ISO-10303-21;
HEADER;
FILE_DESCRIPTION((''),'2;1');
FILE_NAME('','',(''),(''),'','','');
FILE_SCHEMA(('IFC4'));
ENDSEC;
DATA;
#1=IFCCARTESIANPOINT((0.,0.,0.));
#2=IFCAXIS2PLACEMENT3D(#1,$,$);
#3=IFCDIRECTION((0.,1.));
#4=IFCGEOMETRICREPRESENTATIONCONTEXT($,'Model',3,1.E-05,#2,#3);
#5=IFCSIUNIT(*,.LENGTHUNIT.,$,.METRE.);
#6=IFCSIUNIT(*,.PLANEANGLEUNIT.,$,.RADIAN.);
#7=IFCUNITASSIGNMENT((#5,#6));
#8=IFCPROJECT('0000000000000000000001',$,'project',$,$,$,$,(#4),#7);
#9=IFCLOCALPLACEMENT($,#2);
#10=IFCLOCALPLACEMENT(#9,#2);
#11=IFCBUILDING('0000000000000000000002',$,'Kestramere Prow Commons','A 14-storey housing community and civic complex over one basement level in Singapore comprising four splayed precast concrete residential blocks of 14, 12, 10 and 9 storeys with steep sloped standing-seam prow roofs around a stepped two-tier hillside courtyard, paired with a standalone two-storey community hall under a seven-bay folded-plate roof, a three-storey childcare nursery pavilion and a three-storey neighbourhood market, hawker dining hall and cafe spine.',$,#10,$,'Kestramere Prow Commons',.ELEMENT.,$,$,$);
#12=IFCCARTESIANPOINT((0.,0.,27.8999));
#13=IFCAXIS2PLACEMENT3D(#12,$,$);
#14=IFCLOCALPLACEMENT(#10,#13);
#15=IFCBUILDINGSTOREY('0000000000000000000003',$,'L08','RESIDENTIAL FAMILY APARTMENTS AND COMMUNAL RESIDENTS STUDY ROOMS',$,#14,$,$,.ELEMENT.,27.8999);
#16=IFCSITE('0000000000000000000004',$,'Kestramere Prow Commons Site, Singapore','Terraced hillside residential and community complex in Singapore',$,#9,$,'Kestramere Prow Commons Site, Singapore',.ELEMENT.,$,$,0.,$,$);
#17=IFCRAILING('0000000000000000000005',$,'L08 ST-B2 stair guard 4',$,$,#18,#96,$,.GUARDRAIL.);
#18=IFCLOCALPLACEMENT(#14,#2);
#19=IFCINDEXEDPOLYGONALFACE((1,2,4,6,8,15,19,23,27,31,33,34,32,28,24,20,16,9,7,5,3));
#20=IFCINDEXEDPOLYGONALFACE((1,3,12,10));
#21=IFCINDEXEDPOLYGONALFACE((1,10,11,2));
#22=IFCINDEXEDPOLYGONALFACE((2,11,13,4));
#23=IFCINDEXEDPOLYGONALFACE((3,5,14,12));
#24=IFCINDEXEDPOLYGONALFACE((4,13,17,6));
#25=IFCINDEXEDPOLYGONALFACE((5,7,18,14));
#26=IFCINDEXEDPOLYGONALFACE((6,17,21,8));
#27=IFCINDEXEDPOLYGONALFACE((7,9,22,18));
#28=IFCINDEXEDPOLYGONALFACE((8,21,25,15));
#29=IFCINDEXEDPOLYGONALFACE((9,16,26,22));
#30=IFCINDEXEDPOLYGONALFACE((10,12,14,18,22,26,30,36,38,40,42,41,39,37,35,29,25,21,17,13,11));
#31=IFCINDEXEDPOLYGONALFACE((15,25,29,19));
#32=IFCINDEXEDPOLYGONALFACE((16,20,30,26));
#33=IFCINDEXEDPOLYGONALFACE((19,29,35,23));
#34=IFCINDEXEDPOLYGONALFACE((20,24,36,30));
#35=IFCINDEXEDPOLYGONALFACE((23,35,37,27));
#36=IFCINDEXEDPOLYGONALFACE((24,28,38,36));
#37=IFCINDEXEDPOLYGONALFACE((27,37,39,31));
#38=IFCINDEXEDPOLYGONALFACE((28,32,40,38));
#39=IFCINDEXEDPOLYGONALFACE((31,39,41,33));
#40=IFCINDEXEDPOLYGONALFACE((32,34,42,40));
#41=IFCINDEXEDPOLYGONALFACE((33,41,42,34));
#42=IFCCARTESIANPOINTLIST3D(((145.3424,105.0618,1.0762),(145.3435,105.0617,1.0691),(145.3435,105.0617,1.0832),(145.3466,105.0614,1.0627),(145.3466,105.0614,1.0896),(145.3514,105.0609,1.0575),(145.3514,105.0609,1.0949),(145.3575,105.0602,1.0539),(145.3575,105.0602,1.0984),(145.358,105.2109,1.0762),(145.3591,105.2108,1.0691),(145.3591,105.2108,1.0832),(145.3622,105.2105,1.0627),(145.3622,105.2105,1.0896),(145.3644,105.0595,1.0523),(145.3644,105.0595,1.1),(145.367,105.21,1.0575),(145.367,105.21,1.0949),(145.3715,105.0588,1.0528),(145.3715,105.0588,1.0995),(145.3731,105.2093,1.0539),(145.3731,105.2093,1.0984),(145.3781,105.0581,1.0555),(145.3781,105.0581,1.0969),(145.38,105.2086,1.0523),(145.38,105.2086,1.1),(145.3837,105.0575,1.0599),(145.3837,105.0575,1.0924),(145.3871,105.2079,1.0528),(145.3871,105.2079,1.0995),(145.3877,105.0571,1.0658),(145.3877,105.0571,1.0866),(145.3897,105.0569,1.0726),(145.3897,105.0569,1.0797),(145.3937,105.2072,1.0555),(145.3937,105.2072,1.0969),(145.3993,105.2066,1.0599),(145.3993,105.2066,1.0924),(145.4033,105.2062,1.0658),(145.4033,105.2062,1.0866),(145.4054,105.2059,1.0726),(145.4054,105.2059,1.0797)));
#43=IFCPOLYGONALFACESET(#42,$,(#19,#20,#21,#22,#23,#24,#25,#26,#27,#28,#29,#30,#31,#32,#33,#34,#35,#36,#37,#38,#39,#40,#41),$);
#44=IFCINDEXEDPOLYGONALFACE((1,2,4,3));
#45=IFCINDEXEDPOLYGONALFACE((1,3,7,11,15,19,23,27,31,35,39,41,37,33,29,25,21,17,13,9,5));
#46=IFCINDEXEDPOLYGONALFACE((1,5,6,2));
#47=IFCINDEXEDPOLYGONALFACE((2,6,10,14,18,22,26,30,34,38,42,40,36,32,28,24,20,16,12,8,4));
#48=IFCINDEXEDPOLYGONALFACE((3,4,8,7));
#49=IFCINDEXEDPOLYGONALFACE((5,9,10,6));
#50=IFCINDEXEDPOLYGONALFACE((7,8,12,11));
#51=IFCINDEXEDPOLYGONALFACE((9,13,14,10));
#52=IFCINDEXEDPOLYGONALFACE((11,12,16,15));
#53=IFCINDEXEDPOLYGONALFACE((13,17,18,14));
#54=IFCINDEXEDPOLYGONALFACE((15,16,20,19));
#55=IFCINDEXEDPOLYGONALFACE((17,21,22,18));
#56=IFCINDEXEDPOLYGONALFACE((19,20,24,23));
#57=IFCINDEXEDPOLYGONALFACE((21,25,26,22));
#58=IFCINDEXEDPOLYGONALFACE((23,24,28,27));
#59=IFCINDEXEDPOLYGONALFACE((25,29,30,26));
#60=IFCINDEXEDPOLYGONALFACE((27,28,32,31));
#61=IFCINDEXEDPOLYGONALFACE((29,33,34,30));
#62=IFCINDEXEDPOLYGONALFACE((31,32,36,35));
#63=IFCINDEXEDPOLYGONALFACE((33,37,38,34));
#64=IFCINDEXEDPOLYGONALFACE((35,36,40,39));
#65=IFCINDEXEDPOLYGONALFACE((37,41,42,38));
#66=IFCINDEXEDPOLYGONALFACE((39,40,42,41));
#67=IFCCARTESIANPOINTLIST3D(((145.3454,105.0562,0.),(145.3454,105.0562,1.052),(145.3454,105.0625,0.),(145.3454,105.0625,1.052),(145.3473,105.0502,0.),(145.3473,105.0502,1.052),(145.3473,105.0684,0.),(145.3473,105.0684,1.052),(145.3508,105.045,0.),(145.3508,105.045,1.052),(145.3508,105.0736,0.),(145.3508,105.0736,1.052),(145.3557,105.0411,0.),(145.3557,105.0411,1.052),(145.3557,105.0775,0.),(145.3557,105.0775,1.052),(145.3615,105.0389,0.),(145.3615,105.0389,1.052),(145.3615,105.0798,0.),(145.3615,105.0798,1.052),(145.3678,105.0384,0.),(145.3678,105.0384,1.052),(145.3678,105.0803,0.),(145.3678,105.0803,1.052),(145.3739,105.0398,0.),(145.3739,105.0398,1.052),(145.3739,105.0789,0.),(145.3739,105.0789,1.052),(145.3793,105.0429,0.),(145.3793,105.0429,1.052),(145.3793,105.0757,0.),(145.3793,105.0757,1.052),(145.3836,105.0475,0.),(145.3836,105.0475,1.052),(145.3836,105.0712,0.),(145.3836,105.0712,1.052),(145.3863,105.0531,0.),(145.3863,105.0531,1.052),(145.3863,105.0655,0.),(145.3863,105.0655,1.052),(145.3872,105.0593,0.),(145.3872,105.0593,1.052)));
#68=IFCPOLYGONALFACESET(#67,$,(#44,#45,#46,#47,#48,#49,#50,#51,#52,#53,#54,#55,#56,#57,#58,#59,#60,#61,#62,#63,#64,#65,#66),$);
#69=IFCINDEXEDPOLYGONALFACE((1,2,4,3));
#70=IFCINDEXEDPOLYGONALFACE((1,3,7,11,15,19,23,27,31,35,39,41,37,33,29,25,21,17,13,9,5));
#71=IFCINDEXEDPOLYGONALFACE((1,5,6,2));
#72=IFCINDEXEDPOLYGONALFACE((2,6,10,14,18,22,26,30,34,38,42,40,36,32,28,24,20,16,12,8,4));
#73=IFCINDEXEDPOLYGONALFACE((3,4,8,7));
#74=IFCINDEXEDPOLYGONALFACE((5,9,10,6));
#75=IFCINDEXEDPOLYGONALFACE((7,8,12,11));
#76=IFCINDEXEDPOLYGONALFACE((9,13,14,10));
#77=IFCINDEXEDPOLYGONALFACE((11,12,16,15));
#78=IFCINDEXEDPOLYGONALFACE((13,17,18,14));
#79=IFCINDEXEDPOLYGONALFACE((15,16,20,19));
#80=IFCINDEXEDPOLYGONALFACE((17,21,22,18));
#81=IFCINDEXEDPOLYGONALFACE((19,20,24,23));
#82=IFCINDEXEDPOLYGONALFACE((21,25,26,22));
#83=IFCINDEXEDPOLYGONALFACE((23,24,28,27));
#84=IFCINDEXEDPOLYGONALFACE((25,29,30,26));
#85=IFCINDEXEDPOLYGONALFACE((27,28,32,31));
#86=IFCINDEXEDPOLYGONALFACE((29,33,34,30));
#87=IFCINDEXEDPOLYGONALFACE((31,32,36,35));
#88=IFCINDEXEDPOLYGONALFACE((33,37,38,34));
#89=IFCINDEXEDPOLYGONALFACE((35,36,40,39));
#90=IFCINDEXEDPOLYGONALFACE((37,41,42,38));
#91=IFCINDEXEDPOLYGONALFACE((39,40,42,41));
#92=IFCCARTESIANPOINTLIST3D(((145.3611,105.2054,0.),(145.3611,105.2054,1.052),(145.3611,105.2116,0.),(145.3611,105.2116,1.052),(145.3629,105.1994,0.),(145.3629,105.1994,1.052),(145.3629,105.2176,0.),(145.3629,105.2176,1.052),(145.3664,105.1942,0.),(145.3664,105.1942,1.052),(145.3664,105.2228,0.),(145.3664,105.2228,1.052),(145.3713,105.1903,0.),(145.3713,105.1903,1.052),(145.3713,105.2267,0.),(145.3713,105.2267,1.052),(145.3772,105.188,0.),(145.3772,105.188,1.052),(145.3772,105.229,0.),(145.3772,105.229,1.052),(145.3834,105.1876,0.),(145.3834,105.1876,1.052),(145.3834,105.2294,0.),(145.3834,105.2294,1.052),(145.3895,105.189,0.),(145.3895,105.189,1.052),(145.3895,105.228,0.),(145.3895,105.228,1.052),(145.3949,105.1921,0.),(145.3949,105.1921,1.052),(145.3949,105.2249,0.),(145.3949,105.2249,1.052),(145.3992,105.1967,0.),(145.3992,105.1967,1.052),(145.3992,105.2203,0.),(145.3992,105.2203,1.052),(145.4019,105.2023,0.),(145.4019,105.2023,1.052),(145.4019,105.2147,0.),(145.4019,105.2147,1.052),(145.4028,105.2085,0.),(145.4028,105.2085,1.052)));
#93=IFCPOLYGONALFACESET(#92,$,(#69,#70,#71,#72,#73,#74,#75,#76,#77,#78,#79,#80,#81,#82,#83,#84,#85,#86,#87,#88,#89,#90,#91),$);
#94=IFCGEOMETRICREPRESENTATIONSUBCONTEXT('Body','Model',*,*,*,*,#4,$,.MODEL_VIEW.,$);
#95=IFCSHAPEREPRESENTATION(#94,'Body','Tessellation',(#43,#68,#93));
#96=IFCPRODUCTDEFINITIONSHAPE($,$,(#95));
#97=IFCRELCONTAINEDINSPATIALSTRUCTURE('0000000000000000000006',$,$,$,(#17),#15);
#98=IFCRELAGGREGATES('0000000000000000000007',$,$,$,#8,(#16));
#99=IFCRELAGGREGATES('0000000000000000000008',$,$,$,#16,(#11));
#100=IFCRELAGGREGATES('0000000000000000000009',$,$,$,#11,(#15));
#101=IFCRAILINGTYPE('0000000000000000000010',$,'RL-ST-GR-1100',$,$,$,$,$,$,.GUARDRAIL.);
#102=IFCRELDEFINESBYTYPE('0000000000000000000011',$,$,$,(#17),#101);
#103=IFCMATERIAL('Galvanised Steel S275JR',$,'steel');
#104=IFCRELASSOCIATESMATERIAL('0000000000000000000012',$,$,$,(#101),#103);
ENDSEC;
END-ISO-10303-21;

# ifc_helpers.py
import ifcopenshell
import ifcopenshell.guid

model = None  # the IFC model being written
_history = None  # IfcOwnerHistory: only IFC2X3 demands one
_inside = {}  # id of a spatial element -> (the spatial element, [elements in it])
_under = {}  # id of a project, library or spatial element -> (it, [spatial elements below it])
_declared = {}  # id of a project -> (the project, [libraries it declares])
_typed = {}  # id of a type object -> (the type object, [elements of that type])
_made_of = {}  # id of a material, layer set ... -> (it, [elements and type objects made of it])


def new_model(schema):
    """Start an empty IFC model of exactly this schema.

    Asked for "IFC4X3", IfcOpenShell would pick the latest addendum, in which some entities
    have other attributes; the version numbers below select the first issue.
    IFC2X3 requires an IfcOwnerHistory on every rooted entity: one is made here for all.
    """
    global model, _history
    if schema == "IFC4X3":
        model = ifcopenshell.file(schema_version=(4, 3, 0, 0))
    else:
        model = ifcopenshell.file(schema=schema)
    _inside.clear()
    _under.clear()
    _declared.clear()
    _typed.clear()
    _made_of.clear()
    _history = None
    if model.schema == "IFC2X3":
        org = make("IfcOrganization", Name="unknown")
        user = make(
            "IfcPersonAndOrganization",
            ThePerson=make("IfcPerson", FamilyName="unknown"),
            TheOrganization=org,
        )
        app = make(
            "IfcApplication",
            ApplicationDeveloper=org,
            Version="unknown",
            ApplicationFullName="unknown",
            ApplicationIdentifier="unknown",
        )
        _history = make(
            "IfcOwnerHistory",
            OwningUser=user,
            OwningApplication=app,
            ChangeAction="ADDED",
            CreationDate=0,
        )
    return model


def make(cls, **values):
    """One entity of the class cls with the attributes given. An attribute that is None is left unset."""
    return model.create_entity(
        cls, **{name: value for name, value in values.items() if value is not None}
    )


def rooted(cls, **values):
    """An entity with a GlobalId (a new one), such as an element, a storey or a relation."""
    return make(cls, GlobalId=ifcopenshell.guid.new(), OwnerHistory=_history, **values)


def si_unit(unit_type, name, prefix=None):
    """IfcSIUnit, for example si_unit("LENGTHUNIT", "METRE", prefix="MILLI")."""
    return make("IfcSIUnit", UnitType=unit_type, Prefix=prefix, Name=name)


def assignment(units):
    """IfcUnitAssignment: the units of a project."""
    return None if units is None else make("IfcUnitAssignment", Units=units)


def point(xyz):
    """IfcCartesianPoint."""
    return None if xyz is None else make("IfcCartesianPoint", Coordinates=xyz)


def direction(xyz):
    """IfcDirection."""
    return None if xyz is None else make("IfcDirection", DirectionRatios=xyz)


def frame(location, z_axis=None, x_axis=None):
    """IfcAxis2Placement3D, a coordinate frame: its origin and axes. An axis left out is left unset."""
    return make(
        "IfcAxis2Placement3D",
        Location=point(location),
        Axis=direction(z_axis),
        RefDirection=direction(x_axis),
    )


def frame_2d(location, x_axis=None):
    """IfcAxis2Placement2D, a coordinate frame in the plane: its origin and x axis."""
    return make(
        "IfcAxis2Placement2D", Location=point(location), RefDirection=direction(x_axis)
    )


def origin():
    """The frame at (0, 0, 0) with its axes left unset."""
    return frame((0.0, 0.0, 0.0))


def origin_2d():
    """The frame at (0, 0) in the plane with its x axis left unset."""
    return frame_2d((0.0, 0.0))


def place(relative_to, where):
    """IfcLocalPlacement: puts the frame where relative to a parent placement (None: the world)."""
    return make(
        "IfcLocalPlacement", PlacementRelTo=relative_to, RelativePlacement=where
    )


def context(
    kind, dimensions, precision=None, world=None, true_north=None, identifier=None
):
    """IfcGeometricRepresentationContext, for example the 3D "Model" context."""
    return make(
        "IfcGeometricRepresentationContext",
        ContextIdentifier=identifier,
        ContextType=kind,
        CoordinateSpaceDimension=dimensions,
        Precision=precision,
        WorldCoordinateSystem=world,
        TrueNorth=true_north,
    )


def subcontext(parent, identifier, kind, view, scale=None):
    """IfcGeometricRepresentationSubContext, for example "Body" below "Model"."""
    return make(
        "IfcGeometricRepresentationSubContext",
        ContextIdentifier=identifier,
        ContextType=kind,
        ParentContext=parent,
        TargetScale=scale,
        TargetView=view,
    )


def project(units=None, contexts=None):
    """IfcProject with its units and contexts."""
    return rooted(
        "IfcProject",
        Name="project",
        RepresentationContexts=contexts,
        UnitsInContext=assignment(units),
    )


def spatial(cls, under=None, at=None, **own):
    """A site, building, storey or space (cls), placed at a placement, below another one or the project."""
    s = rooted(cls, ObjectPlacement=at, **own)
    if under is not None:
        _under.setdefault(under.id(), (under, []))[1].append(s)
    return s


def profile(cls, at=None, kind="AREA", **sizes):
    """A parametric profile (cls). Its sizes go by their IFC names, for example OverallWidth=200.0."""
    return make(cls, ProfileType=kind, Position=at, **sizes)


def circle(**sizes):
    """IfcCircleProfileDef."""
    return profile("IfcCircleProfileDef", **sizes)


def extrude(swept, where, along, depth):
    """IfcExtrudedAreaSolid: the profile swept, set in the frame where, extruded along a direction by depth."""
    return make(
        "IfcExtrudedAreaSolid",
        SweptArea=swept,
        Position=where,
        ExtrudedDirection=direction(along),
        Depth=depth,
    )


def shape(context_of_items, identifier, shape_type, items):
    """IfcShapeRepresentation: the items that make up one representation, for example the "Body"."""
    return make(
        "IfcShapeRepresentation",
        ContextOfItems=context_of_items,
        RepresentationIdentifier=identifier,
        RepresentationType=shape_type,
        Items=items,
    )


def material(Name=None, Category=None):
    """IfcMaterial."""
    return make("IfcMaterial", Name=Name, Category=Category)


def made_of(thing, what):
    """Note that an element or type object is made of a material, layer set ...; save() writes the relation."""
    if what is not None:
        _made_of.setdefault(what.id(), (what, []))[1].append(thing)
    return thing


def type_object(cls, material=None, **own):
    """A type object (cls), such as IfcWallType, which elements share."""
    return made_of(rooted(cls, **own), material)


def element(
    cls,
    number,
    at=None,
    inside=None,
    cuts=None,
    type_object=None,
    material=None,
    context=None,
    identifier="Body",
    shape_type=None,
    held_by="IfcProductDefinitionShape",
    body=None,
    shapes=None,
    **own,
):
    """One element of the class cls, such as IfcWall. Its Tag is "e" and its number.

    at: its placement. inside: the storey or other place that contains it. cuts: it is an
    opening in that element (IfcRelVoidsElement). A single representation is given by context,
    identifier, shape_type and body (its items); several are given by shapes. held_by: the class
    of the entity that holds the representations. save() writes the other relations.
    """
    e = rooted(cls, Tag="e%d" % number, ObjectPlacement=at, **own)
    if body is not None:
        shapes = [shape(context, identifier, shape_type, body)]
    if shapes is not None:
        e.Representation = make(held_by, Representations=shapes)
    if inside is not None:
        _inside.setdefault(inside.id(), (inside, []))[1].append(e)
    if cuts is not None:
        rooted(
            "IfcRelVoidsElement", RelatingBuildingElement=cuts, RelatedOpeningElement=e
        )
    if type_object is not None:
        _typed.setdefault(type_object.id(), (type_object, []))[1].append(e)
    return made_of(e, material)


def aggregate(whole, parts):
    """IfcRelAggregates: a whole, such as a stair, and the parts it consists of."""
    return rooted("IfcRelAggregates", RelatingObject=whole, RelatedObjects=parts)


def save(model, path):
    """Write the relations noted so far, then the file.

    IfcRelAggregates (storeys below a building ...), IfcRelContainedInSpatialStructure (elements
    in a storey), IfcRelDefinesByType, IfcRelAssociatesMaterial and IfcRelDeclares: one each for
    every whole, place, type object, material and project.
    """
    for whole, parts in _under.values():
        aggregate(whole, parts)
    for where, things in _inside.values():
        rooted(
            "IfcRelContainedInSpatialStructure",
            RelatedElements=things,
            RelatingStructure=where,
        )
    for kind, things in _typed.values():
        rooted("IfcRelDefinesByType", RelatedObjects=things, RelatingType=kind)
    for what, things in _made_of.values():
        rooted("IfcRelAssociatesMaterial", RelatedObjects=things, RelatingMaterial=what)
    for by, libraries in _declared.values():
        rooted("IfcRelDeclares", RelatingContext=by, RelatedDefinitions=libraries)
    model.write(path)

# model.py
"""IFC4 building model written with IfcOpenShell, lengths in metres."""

from ifc_helpers import new_model, si_unit, direction, frame, origin, origin_2d, place, context, subcontext, project, spatial, circle, extrude, material, type_object, element, save


model = new_model("IFC4")

# Units and contexts
model_context = context("Model", 3, precision=1e-05, world=origin(), true_north=direction((0.0, 1.0)))
body_context = subcontext(model_context, "Body", "Model", "MODEL_VIEW")
ifc_project = project(units=[si_unit("LENGTHUNIT", "METRE"), si_unit("PLANEANGLEUNIT", "RADIAN")], contexts=[model_context])

# Site, building, storey
site_placement = place(None, origin())
site = spatial("IfcSite", under=ifc_project, at=site_placement, Name="Kestramere Prow Commons Site, Singapore", Description="Terraced hillside residential and community complex in Singapore", LongName="Kestramere Prow Commons Site, Singapore", CompositionType="ELEMENT", RefElevation=0.0)
building_placement = place(site_placement, origin())
building = spatial("IfcBuilding", under=site, at=building_placement, Name="Kestramere Prow Commons", Description="A 14-storey housing community and civic complex over one basement level in Singapore comprising four splayed precast concrete residential blocks of 14, 12, 10 and 9 storeys with steep sloped standing-seam prow roofs around a stepped two-tier hillside courtyard, paired with a standalone two-storey community hall under a seven-bay folded-plate roof, a three-storey childcare nursery pavilion and a three-storey neighbourhood market, hawker dining hall and cafe spine.", LongName="Kestramere Prow Commons", CompositionType="ELEMENT")
storey_placement = place(building_placement, frame((0.0, 0.0, 27.8999)))
storey = spatial("IfcBuildingStorey", under=building, at=storey_placement, Name="L08", Description="RESIDENTIAL FAMILY APARTMENTS AND COMMUNAL RESIDENTS STUDY ROOMS", CompositionType="ELEMENT", Elevation=27.8999)

# Railing
ifc_material_1 = material(Name="Galvanised Steel S275JR", Category="steel")
railing_type_1 = type_object("IfcRailingType", Name="RL-ST-GR-1100", PredefinedType="GUARDRAIL", material=ifc_material_1)
railing_1_placement = place(storey_placement, frame((145.3662, 105.0593, 0.0)))
element("IfcRailing", 1, at=railing_1_placement, inside=storey, type_object=railing_type_1, Name="L08 ST-B2 stair guard 4", PredefinedType="GUARDRAIL", context=body_context, shape_type="SweptSolid", body=[
    extrude(circle(Radius=0.0239, at=origin_2d()), frame((0.0, 0.0, 1.0762), z_axis=(0.104176, 0.994559, 0.0), x_axis=(-0.994559, 0.104176, 0.0)), (0.0, 0.0, 1.0), 0.1499),
    extrude(circle(Radius=0.021, at=origin_2d()), origin(), (0.0, 0.0, 1.0), 1.052),
    extrude(circle(Radius=0.021, at=origin_2d()), frame((0.0156, 0.1492, 0.0)), (0.0, 0.0, 1.0), 1.052),
])

save(model, "model.ifc")
